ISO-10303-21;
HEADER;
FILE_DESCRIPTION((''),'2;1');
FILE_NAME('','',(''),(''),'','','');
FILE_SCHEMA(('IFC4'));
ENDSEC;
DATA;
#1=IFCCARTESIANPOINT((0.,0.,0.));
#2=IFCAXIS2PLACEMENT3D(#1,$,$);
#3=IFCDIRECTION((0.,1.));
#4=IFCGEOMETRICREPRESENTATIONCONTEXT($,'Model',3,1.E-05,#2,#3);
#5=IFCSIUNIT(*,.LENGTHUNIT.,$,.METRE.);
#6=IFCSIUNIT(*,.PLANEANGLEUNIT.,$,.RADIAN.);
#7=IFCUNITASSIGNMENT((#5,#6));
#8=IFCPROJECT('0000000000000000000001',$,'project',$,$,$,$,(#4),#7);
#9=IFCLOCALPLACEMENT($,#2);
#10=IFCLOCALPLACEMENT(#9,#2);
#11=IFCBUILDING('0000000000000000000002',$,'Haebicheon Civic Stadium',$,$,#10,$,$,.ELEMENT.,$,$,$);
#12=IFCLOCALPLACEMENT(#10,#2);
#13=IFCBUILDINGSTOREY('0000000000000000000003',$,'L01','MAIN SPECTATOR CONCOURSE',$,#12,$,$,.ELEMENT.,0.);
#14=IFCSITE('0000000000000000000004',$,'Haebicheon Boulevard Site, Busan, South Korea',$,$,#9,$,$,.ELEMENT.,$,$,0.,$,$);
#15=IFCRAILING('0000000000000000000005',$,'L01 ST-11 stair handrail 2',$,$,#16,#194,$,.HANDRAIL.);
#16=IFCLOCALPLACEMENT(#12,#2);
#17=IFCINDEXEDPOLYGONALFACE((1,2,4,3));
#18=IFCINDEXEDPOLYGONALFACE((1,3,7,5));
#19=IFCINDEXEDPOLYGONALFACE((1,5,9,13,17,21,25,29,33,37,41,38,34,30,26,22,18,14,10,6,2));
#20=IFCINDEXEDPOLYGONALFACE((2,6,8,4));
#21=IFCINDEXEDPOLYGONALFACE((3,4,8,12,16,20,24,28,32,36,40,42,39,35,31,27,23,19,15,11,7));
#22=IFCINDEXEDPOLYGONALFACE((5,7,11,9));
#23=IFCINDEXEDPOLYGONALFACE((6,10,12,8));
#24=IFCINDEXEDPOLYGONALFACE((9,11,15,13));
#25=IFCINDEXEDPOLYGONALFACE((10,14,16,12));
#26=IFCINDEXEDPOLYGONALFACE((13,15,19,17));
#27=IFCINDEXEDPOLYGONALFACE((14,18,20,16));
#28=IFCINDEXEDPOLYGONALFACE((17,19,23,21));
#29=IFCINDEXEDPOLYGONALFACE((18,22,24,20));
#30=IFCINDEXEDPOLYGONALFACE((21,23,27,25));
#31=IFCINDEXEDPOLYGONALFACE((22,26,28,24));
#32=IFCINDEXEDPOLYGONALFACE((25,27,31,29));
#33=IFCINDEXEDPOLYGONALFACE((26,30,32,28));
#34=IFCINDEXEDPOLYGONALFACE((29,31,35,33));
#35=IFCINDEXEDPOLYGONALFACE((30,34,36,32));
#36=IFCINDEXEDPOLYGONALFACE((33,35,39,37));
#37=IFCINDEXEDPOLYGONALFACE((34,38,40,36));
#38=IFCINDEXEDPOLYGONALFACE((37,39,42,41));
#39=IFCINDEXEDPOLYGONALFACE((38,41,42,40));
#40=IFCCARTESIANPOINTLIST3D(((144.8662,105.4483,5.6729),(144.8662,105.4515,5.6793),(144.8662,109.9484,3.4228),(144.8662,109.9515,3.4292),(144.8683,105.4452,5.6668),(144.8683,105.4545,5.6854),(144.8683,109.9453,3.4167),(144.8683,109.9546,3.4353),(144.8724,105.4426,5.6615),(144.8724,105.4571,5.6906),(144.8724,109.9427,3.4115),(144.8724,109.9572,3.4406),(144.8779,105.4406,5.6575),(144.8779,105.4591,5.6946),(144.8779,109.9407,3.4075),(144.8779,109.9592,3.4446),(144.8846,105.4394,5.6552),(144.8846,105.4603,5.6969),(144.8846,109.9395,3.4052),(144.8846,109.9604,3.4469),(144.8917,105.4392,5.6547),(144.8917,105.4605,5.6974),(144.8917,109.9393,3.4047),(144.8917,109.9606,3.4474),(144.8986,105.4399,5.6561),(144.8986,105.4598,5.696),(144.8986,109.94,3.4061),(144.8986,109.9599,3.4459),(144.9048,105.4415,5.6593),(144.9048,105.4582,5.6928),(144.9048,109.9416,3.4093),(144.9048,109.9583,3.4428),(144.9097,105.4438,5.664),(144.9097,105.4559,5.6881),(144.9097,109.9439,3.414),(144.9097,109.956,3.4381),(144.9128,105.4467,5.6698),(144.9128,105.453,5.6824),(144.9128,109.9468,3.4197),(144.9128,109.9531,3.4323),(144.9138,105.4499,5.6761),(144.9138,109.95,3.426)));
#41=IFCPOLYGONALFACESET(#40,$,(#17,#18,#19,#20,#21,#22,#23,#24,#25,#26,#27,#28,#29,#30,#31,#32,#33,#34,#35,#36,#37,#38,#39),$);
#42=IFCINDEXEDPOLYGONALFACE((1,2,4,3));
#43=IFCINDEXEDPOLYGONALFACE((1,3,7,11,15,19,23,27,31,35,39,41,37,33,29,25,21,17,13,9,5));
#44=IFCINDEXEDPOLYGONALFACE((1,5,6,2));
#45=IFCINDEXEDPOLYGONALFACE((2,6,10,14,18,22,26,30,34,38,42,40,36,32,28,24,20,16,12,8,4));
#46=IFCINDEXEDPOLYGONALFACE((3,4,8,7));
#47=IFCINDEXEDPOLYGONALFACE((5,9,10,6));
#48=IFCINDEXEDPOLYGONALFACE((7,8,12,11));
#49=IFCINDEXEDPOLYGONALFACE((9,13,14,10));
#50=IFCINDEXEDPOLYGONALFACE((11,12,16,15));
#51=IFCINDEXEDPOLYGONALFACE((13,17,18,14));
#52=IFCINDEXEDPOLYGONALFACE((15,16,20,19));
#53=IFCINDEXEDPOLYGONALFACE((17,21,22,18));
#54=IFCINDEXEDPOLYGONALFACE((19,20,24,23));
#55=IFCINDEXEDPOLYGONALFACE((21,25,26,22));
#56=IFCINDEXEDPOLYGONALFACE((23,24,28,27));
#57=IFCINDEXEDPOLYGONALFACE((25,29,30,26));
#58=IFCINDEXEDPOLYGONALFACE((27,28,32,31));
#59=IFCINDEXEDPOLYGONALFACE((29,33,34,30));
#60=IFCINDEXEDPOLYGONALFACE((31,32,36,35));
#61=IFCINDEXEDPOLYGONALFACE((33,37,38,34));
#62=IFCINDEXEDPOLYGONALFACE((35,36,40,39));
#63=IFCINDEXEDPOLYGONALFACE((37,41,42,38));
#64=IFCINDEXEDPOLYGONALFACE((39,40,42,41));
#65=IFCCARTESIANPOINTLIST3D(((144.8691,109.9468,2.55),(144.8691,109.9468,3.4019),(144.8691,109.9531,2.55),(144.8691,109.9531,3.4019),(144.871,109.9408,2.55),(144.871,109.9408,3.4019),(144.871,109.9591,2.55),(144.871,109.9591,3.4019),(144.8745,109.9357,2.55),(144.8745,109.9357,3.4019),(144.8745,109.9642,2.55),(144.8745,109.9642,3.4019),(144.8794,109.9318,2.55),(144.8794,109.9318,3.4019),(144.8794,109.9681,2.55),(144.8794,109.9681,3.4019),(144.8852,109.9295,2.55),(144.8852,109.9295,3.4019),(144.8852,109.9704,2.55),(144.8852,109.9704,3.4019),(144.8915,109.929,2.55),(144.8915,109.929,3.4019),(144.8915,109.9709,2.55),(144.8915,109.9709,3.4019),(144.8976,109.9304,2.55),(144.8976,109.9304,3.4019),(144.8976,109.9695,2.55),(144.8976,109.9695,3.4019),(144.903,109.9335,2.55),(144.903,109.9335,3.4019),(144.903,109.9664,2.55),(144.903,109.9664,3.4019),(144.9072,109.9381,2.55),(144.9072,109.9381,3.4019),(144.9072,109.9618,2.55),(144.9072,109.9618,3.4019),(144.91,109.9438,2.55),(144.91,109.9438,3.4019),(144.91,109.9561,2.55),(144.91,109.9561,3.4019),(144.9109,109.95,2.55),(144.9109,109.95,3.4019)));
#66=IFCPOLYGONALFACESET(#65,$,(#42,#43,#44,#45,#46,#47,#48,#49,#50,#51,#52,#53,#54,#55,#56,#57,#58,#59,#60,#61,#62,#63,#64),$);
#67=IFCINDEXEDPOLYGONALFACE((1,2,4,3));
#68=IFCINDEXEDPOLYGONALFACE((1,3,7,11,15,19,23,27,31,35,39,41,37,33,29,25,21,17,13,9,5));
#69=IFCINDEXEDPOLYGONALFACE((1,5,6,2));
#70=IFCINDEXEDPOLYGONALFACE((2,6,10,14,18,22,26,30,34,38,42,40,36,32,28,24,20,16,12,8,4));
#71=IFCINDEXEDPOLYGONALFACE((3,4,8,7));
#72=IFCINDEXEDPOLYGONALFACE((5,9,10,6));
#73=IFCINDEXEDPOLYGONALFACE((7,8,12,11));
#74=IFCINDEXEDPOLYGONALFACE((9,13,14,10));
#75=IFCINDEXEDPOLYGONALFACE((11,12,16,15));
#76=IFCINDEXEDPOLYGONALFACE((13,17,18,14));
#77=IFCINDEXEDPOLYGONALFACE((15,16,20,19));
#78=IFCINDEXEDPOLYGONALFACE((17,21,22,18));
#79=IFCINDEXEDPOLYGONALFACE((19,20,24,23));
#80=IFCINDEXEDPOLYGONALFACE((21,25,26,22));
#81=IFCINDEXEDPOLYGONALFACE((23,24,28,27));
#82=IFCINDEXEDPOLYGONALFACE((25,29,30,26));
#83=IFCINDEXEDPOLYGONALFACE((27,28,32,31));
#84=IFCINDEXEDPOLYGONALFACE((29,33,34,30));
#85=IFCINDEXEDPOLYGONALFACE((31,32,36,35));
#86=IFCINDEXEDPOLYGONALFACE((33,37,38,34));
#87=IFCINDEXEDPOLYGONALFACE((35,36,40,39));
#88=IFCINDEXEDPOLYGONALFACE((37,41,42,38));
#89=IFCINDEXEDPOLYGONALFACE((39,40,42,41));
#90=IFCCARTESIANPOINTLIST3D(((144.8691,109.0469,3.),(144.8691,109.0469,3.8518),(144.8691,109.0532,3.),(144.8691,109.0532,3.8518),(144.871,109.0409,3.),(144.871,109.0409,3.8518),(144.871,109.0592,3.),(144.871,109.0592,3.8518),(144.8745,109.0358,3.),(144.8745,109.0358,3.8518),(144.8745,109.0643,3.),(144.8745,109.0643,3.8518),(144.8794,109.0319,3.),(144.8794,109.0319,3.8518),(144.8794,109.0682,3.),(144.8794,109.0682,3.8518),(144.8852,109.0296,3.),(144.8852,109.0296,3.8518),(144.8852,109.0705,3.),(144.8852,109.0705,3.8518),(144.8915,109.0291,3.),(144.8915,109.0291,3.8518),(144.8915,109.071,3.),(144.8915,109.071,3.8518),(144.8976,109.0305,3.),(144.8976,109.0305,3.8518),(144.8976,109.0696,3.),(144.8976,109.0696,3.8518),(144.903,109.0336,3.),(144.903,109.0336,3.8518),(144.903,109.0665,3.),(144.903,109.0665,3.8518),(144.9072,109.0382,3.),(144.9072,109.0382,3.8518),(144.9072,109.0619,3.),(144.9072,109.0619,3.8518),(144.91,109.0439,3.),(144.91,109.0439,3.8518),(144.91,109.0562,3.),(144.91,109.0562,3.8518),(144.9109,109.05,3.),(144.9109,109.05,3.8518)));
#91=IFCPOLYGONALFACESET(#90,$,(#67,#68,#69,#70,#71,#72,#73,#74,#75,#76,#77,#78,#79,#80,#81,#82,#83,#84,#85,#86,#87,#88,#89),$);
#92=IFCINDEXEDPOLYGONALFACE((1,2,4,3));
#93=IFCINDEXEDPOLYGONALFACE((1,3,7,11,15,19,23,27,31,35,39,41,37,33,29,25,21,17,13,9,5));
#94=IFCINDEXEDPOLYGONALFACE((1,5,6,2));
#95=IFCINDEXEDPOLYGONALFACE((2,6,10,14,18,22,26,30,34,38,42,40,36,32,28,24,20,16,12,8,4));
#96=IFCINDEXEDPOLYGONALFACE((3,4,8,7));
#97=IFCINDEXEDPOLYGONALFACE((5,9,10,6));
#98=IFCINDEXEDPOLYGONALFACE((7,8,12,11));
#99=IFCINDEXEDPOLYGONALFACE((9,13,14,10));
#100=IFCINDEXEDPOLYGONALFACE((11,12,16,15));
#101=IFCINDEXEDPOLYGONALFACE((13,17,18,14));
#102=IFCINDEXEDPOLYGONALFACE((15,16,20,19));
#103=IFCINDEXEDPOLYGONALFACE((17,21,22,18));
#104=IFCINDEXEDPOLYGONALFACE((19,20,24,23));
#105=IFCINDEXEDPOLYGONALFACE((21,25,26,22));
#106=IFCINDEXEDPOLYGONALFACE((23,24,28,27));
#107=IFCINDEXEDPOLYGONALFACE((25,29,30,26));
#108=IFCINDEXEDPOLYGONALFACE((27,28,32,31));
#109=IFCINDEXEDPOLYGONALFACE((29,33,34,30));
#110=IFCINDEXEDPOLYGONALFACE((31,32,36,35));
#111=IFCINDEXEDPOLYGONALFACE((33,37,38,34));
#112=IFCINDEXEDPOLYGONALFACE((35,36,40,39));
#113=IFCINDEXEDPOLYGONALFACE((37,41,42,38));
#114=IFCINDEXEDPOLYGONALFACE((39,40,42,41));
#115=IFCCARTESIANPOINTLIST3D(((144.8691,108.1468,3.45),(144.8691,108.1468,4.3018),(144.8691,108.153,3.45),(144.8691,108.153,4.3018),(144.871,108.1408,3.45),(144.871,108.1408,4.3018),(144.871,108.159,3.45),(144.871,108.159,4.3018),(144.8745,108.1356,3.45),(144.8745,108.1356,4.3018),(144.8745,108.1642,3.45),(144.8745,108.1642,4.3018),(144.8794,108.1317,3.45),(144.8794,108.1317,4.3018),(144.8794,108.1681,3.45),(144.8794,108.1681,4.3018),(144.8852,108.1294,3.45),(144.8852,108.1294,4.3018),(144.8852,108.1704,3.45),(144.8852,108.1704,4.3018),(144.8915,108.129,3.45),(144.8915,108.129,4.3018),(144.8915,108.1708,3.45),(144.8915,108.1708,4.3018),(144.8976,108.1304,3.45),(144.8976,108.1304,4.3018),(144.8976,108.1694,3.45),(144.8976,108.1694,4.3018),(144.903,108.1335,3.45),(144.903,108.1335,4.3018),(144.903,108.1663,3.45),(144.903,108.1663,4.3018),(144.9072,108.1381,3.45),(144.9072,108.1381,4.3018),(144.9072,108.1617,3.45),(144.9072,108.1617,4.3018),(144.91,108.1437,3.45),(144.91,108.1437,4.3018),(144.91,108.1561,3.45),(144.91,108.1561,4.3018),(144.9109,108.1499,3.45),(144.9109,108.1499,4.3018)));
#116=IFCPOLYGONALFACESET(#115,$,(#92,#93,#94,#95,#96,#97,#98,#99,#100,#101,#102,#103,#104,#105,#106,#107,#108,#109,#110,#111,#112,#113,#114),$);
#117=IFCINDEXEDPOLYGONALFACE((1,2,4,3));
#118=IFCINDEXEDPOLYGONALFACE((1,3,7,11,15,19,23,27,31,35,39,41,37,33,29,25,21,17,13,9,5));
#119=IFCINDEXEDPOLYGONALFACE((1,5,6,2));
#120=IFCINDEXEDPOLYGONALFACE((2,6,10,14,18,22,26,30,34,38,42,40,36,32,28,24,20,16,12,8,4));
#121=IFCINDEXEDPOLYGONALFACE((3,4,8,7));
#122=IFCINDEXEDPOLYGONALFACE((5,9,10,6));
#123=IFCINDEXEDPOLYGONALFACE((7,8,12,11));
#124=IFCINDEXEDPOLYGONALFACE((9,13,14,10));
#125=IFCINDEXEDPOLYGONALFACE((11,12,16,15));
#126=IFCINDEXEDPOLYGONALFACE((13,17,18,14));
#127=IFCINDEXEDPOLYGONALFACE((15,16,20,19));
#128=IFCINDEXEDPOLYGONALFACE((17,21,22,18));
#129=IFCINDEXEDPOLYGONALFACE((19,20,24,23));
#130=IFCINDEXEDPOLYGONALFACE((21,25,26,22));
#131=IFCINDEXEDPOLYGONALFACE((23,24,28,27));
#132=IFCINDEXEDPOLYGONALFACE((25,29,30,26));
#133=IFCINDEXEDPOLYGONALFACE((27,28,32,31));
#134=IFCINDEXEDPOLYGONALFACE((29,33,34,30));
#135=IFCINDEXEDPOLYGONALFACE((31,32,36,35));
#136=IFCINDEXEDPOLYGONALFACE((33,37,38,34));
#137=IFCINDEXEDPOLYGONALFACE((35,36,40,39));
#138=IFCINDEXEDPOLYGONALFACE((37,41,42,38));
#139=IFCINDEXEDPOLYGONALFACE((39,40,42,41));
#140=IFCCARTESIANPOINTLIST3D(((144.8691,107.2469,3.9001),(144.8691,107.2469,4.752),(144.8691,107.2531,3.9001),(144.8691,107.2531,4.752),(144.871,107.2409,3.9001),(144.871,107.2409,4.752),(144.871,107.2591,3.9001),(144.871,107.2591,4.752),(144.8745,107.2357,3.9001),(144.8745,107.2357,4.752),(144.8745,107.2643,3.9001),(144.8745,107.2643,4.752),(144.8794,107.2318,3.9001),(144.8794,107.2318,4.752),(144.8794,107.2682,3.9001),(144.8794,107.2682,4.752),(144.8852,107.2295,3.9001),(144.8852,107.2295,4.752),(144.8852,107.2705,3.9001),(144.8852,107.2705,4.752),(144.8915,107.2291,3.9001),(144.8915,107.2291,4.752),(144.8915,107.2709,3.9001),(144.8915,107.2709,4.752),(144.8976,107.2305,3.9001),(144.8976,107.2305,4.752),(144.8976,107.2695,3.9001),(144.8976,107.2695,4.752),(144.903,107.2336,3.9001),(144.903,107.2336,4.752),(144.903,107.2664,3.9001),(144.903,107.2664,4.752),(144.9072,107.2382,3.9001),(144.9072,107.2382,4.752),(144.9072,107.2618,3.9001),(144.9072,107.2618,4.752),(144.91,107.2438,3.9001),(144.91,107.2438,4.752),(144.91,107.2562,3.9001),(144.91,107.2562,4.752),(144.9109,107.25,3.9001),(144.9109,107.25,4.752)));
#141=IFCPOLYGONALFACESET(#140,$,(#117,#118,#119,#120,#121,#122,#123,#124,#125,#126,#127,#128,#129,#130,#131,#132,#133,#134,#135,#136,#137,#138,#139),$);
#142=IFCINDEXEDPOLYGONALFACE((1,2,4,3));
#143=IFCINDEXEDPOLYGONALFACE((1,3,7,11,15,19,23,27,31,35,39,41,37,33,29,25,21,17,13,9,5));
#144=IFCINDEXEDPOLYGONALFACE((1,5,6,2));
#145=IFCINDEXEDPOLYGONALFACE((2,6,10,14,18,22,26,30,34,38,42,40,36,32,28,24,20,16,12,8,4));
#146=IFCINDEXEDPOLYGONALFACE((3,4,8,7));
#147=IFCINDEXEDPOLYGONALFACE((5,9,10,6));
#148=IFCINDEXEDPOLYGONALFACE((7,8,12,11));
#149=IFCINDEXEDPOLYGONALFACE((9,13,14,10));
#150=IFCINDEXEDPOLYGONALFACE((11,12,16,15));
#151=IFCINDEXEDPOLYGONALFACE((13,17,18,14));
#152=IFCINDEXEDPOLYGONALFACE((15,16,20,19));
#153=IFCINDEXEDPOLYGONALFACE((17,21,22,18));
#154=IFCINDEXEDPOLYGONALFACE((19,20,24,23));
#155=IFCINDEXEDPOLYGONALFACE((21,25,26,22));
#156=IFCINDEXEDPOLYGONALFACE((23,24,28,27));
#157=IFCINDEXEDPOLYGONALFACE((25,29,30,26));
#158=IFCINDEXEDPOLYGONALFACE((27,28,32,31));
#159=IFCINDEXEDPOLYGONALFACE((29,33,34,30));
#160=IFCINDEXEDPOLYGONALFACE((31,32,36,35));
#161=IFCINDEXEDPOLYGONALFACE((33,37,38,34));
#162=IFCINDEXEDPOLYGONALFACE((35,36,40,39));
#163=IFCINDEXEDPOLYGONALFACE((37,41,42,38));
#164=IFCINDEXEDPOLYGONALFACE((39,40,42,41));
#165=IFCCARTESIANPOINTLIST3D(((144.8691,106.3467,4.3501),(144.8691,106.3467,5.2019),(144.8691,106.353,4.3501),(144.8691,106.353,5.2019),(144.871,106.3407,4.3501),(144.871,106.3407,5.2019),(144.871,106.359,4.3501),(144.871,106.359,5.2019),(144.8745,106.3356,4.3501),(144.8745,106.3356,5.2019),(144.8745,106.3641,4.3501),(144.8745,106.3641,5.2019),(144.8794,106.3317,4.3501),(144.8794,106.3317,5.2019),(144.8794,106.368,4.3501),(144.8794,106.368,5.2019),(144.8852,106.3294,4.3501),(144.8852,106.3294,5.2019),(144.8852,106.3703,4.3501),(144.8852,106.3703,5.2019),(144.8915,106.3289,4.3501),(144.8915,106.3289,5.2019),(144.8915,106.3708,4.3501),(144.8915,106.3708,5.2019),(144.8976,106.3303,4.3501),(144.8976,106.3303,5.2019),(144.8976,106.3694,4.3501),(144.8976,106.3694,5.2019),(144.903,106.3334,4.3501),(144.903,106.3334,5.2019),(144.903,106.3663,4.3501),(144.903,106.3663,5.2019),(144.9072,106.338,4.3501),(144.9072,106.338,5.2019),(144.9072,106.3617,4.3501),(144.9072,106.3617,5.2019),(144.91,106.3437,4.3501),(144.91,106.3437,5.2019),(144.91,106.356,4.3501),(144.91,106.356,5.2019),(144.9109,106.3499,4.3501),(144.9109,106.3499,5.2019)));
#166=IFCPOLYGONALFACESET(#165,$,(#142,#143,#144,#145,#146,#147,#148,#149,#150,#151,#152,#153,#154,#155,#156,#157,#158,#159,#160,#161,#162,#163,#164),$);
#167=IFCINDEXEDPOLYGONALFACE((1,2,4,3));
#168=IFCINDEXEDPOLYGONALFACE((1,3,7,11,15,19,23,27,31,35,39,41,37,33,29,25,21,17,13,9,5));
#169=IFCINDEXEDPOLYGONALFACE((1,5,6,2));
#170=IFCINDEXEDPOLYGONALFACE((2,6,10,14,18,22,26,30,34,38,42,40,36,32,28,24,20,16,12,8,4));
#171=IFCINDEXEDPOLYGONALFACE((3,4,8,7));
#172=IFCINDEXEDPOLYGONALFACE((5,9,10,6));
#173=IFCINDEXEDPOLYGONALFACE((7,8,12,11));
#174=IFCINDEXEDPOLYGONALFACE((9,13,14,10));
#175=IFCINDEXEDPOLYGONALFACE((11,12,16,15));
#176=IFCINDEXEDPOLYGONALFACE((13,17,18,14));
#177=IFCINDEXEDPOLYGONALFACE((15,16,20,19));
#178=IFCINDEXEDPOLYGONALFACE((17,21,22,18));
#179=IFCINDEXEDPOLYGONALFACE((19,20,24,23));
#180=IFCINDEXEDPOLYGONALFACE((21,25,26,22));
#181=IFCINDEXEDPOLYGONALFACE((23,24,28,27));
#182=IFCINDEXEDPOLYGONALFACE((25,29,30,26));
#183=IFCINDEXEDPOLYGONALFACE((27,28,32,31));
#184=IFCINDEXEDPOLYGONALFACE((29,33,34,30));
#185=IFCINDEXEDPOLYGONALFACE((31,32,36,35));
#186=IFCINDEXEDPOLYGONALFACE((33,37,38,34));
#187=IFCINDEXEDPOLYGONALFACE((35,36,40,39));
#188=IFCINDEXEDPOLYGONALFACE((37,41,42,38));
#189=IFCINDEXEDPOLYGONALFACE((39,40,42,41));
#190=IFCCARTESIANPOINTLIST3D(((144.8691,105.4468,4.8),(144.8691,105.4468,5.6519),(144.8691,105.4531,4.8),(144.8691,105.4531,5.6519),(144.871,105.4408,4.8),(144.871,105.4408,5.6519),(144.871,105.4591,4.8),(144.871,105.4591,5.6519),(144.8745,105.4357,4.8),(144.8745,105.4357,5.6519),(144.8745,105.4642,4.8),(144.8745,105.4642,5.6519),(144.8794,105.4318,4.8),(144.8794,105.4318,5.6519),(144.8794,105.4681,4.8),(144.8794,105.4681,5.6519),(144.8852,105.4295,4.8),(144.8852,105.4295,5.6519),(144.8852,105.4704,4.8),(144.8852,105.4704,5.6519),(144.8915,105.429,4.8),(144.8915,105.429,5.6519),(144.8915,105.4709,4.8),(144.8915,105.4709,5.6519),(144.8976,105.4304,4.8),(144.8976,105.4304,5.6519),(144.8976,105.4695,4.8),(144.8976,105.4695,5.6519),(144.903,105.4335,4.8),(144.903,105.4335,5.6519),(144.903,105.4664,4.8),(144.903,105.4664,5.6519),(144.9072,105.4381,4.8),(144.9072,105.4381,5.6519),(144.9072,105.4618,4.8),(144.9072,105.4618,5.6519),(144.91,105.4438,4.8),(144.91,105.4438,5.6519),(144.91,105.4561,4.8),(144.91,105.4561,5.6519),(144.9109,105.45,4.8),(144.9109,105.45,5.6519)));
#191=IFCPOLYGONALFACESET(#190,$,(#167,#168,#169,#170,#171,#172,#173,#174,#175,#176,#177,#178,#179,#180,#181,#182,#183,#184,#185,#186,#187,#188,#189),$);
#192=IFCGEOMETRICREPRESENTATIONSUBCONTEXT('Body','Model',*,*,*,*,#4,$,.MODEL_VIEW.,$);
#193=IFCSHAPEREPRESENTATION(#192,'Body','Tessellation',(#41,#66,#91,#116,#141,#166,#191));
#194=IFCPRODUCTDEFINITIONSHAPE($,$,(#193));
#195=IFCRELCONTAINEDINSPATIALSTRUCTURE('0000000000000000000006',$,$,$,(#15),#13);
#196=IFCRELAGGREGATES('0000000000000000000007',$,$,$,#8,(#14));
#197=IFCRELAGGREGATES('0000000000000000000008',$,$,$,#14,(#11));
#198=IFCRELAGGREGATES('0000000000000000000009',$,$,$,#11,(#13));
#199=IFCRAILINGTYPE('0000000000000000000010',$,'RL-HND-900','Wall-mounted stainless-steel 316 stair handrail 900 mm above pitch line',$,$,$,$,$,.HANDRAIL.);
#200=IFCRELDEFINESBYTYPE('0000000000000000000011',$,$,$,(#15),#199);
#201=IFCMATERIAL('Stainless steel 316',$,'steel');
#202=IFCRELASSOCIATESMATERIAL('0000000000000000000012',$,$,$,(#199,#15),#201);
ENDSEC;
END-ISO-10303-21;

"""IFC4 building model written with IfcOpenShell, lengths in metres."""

from ifc_helpers import new_model, si_unit, direction, frame, origin, origin_2d, place, context, subcontext, project, spatial, circle, extrude, material, type_object, element, save


model = new_model("IFC4")

# Units and contexts
model_context = context("Model", 3, precision=1e-05, world=origin(), true_north=direction((0.0, 1.0)))
body_context = subcontext(model_context, "Body", "Model", "MODEL_VIEW")
ifc_project = project(units=[si_unit("LENGTHUNIT", "METRE"), si_unit("PLANEANGLEUNIT", "RADIAN")], contexts=[model_context])

# Site, building, storey
site_placement = place(None, origin())
site = spatial("IfcSite", under=ifc_project, at=site_placement, Name="Haebicheon Boulevard Site, Busan, South Korea", CompositionType="ELEMENT", RefElevation=0.0)
building_placement = place(site_placement, origin())
building = spatial("IfcBuilding", under=site, at=building_placement, Name="Haebicheon Civic Stadium", CompositionType="ELEMENT")
storey_placement = place(building_placement, origin())
storey = spatial("IfcBuildingStorey", under=building, at=storey_placement, Name="L01", Description="MAIN SPECTATOR CONCOURSE", CompositionType="ELEMENT", Elevation=0.0)

# Railing
ifc_material_1 = material(Name="Stainless steel 316", Category="steel")
railing_type_1 = type_object("IfcRailingType", Name="RL-HND-900", Description="Wall-mounted stainless-steel 316 stair handrail 900 mm above pitch line", PredefinedType="HANDRAIL", material=ifc_material_1)
railing_1_placement = place(storey_placement, frame((144.8899, 109.95, 2.55)))
element("IfcRailing", 1, at=railing_1_placement, inside=storey, type_object=railing_type_1, material=ifc_material_1, Name="L01 ST-11 stair handrail 2", PredefinedType="HANDRAIL", context=body_context, shape_type="SweptSolid", body=[
    extrude(circle(Radius=0.0239, at=origin_2d()), frame((0.0, 0.0, 0.876), z_axis=(0.0, -0.894427, 0.447214), x_axis=(1.0, 0.0, 0.0)), (0.0, 0.0, 1.0), 5.0312),
    extrude(circle(Radius=0.021, at=origin_2d()), origin(), (0.0, 0.0, 1.0), 0.8518),
    extrude(circle(Radius=0.021, at=origin_2d()), frame((0.0, -0.8999, 0.45)), (0.0, 0.0, 1.0), 0.8518),
    extrude(circle(Radius=0.021, at=origin_2d()), frame((0.0, -1.8, 0.8999)), (0.0, 0.0, 1.0), 0.8518),
    extrude(circle(Radius=0.021, at=origin_2d()), frame((0.0, -2.7, 1.3501)), (0.0, 0.0, 1.0), 0.8518),
    extrude(circle(Radius=0.021, at=origin_2d()), frame((0.0, -3.6001, 1.8)), (0.0, 0.0, 1.0), 0.8518),
    extrude(circle(Radius=0.021, at=origin_2d()), frame((0.0, -4.5, 2.25)), (0.0, 0.0, 1.0), 0.8518),
])

save(model, "model.ifc")
